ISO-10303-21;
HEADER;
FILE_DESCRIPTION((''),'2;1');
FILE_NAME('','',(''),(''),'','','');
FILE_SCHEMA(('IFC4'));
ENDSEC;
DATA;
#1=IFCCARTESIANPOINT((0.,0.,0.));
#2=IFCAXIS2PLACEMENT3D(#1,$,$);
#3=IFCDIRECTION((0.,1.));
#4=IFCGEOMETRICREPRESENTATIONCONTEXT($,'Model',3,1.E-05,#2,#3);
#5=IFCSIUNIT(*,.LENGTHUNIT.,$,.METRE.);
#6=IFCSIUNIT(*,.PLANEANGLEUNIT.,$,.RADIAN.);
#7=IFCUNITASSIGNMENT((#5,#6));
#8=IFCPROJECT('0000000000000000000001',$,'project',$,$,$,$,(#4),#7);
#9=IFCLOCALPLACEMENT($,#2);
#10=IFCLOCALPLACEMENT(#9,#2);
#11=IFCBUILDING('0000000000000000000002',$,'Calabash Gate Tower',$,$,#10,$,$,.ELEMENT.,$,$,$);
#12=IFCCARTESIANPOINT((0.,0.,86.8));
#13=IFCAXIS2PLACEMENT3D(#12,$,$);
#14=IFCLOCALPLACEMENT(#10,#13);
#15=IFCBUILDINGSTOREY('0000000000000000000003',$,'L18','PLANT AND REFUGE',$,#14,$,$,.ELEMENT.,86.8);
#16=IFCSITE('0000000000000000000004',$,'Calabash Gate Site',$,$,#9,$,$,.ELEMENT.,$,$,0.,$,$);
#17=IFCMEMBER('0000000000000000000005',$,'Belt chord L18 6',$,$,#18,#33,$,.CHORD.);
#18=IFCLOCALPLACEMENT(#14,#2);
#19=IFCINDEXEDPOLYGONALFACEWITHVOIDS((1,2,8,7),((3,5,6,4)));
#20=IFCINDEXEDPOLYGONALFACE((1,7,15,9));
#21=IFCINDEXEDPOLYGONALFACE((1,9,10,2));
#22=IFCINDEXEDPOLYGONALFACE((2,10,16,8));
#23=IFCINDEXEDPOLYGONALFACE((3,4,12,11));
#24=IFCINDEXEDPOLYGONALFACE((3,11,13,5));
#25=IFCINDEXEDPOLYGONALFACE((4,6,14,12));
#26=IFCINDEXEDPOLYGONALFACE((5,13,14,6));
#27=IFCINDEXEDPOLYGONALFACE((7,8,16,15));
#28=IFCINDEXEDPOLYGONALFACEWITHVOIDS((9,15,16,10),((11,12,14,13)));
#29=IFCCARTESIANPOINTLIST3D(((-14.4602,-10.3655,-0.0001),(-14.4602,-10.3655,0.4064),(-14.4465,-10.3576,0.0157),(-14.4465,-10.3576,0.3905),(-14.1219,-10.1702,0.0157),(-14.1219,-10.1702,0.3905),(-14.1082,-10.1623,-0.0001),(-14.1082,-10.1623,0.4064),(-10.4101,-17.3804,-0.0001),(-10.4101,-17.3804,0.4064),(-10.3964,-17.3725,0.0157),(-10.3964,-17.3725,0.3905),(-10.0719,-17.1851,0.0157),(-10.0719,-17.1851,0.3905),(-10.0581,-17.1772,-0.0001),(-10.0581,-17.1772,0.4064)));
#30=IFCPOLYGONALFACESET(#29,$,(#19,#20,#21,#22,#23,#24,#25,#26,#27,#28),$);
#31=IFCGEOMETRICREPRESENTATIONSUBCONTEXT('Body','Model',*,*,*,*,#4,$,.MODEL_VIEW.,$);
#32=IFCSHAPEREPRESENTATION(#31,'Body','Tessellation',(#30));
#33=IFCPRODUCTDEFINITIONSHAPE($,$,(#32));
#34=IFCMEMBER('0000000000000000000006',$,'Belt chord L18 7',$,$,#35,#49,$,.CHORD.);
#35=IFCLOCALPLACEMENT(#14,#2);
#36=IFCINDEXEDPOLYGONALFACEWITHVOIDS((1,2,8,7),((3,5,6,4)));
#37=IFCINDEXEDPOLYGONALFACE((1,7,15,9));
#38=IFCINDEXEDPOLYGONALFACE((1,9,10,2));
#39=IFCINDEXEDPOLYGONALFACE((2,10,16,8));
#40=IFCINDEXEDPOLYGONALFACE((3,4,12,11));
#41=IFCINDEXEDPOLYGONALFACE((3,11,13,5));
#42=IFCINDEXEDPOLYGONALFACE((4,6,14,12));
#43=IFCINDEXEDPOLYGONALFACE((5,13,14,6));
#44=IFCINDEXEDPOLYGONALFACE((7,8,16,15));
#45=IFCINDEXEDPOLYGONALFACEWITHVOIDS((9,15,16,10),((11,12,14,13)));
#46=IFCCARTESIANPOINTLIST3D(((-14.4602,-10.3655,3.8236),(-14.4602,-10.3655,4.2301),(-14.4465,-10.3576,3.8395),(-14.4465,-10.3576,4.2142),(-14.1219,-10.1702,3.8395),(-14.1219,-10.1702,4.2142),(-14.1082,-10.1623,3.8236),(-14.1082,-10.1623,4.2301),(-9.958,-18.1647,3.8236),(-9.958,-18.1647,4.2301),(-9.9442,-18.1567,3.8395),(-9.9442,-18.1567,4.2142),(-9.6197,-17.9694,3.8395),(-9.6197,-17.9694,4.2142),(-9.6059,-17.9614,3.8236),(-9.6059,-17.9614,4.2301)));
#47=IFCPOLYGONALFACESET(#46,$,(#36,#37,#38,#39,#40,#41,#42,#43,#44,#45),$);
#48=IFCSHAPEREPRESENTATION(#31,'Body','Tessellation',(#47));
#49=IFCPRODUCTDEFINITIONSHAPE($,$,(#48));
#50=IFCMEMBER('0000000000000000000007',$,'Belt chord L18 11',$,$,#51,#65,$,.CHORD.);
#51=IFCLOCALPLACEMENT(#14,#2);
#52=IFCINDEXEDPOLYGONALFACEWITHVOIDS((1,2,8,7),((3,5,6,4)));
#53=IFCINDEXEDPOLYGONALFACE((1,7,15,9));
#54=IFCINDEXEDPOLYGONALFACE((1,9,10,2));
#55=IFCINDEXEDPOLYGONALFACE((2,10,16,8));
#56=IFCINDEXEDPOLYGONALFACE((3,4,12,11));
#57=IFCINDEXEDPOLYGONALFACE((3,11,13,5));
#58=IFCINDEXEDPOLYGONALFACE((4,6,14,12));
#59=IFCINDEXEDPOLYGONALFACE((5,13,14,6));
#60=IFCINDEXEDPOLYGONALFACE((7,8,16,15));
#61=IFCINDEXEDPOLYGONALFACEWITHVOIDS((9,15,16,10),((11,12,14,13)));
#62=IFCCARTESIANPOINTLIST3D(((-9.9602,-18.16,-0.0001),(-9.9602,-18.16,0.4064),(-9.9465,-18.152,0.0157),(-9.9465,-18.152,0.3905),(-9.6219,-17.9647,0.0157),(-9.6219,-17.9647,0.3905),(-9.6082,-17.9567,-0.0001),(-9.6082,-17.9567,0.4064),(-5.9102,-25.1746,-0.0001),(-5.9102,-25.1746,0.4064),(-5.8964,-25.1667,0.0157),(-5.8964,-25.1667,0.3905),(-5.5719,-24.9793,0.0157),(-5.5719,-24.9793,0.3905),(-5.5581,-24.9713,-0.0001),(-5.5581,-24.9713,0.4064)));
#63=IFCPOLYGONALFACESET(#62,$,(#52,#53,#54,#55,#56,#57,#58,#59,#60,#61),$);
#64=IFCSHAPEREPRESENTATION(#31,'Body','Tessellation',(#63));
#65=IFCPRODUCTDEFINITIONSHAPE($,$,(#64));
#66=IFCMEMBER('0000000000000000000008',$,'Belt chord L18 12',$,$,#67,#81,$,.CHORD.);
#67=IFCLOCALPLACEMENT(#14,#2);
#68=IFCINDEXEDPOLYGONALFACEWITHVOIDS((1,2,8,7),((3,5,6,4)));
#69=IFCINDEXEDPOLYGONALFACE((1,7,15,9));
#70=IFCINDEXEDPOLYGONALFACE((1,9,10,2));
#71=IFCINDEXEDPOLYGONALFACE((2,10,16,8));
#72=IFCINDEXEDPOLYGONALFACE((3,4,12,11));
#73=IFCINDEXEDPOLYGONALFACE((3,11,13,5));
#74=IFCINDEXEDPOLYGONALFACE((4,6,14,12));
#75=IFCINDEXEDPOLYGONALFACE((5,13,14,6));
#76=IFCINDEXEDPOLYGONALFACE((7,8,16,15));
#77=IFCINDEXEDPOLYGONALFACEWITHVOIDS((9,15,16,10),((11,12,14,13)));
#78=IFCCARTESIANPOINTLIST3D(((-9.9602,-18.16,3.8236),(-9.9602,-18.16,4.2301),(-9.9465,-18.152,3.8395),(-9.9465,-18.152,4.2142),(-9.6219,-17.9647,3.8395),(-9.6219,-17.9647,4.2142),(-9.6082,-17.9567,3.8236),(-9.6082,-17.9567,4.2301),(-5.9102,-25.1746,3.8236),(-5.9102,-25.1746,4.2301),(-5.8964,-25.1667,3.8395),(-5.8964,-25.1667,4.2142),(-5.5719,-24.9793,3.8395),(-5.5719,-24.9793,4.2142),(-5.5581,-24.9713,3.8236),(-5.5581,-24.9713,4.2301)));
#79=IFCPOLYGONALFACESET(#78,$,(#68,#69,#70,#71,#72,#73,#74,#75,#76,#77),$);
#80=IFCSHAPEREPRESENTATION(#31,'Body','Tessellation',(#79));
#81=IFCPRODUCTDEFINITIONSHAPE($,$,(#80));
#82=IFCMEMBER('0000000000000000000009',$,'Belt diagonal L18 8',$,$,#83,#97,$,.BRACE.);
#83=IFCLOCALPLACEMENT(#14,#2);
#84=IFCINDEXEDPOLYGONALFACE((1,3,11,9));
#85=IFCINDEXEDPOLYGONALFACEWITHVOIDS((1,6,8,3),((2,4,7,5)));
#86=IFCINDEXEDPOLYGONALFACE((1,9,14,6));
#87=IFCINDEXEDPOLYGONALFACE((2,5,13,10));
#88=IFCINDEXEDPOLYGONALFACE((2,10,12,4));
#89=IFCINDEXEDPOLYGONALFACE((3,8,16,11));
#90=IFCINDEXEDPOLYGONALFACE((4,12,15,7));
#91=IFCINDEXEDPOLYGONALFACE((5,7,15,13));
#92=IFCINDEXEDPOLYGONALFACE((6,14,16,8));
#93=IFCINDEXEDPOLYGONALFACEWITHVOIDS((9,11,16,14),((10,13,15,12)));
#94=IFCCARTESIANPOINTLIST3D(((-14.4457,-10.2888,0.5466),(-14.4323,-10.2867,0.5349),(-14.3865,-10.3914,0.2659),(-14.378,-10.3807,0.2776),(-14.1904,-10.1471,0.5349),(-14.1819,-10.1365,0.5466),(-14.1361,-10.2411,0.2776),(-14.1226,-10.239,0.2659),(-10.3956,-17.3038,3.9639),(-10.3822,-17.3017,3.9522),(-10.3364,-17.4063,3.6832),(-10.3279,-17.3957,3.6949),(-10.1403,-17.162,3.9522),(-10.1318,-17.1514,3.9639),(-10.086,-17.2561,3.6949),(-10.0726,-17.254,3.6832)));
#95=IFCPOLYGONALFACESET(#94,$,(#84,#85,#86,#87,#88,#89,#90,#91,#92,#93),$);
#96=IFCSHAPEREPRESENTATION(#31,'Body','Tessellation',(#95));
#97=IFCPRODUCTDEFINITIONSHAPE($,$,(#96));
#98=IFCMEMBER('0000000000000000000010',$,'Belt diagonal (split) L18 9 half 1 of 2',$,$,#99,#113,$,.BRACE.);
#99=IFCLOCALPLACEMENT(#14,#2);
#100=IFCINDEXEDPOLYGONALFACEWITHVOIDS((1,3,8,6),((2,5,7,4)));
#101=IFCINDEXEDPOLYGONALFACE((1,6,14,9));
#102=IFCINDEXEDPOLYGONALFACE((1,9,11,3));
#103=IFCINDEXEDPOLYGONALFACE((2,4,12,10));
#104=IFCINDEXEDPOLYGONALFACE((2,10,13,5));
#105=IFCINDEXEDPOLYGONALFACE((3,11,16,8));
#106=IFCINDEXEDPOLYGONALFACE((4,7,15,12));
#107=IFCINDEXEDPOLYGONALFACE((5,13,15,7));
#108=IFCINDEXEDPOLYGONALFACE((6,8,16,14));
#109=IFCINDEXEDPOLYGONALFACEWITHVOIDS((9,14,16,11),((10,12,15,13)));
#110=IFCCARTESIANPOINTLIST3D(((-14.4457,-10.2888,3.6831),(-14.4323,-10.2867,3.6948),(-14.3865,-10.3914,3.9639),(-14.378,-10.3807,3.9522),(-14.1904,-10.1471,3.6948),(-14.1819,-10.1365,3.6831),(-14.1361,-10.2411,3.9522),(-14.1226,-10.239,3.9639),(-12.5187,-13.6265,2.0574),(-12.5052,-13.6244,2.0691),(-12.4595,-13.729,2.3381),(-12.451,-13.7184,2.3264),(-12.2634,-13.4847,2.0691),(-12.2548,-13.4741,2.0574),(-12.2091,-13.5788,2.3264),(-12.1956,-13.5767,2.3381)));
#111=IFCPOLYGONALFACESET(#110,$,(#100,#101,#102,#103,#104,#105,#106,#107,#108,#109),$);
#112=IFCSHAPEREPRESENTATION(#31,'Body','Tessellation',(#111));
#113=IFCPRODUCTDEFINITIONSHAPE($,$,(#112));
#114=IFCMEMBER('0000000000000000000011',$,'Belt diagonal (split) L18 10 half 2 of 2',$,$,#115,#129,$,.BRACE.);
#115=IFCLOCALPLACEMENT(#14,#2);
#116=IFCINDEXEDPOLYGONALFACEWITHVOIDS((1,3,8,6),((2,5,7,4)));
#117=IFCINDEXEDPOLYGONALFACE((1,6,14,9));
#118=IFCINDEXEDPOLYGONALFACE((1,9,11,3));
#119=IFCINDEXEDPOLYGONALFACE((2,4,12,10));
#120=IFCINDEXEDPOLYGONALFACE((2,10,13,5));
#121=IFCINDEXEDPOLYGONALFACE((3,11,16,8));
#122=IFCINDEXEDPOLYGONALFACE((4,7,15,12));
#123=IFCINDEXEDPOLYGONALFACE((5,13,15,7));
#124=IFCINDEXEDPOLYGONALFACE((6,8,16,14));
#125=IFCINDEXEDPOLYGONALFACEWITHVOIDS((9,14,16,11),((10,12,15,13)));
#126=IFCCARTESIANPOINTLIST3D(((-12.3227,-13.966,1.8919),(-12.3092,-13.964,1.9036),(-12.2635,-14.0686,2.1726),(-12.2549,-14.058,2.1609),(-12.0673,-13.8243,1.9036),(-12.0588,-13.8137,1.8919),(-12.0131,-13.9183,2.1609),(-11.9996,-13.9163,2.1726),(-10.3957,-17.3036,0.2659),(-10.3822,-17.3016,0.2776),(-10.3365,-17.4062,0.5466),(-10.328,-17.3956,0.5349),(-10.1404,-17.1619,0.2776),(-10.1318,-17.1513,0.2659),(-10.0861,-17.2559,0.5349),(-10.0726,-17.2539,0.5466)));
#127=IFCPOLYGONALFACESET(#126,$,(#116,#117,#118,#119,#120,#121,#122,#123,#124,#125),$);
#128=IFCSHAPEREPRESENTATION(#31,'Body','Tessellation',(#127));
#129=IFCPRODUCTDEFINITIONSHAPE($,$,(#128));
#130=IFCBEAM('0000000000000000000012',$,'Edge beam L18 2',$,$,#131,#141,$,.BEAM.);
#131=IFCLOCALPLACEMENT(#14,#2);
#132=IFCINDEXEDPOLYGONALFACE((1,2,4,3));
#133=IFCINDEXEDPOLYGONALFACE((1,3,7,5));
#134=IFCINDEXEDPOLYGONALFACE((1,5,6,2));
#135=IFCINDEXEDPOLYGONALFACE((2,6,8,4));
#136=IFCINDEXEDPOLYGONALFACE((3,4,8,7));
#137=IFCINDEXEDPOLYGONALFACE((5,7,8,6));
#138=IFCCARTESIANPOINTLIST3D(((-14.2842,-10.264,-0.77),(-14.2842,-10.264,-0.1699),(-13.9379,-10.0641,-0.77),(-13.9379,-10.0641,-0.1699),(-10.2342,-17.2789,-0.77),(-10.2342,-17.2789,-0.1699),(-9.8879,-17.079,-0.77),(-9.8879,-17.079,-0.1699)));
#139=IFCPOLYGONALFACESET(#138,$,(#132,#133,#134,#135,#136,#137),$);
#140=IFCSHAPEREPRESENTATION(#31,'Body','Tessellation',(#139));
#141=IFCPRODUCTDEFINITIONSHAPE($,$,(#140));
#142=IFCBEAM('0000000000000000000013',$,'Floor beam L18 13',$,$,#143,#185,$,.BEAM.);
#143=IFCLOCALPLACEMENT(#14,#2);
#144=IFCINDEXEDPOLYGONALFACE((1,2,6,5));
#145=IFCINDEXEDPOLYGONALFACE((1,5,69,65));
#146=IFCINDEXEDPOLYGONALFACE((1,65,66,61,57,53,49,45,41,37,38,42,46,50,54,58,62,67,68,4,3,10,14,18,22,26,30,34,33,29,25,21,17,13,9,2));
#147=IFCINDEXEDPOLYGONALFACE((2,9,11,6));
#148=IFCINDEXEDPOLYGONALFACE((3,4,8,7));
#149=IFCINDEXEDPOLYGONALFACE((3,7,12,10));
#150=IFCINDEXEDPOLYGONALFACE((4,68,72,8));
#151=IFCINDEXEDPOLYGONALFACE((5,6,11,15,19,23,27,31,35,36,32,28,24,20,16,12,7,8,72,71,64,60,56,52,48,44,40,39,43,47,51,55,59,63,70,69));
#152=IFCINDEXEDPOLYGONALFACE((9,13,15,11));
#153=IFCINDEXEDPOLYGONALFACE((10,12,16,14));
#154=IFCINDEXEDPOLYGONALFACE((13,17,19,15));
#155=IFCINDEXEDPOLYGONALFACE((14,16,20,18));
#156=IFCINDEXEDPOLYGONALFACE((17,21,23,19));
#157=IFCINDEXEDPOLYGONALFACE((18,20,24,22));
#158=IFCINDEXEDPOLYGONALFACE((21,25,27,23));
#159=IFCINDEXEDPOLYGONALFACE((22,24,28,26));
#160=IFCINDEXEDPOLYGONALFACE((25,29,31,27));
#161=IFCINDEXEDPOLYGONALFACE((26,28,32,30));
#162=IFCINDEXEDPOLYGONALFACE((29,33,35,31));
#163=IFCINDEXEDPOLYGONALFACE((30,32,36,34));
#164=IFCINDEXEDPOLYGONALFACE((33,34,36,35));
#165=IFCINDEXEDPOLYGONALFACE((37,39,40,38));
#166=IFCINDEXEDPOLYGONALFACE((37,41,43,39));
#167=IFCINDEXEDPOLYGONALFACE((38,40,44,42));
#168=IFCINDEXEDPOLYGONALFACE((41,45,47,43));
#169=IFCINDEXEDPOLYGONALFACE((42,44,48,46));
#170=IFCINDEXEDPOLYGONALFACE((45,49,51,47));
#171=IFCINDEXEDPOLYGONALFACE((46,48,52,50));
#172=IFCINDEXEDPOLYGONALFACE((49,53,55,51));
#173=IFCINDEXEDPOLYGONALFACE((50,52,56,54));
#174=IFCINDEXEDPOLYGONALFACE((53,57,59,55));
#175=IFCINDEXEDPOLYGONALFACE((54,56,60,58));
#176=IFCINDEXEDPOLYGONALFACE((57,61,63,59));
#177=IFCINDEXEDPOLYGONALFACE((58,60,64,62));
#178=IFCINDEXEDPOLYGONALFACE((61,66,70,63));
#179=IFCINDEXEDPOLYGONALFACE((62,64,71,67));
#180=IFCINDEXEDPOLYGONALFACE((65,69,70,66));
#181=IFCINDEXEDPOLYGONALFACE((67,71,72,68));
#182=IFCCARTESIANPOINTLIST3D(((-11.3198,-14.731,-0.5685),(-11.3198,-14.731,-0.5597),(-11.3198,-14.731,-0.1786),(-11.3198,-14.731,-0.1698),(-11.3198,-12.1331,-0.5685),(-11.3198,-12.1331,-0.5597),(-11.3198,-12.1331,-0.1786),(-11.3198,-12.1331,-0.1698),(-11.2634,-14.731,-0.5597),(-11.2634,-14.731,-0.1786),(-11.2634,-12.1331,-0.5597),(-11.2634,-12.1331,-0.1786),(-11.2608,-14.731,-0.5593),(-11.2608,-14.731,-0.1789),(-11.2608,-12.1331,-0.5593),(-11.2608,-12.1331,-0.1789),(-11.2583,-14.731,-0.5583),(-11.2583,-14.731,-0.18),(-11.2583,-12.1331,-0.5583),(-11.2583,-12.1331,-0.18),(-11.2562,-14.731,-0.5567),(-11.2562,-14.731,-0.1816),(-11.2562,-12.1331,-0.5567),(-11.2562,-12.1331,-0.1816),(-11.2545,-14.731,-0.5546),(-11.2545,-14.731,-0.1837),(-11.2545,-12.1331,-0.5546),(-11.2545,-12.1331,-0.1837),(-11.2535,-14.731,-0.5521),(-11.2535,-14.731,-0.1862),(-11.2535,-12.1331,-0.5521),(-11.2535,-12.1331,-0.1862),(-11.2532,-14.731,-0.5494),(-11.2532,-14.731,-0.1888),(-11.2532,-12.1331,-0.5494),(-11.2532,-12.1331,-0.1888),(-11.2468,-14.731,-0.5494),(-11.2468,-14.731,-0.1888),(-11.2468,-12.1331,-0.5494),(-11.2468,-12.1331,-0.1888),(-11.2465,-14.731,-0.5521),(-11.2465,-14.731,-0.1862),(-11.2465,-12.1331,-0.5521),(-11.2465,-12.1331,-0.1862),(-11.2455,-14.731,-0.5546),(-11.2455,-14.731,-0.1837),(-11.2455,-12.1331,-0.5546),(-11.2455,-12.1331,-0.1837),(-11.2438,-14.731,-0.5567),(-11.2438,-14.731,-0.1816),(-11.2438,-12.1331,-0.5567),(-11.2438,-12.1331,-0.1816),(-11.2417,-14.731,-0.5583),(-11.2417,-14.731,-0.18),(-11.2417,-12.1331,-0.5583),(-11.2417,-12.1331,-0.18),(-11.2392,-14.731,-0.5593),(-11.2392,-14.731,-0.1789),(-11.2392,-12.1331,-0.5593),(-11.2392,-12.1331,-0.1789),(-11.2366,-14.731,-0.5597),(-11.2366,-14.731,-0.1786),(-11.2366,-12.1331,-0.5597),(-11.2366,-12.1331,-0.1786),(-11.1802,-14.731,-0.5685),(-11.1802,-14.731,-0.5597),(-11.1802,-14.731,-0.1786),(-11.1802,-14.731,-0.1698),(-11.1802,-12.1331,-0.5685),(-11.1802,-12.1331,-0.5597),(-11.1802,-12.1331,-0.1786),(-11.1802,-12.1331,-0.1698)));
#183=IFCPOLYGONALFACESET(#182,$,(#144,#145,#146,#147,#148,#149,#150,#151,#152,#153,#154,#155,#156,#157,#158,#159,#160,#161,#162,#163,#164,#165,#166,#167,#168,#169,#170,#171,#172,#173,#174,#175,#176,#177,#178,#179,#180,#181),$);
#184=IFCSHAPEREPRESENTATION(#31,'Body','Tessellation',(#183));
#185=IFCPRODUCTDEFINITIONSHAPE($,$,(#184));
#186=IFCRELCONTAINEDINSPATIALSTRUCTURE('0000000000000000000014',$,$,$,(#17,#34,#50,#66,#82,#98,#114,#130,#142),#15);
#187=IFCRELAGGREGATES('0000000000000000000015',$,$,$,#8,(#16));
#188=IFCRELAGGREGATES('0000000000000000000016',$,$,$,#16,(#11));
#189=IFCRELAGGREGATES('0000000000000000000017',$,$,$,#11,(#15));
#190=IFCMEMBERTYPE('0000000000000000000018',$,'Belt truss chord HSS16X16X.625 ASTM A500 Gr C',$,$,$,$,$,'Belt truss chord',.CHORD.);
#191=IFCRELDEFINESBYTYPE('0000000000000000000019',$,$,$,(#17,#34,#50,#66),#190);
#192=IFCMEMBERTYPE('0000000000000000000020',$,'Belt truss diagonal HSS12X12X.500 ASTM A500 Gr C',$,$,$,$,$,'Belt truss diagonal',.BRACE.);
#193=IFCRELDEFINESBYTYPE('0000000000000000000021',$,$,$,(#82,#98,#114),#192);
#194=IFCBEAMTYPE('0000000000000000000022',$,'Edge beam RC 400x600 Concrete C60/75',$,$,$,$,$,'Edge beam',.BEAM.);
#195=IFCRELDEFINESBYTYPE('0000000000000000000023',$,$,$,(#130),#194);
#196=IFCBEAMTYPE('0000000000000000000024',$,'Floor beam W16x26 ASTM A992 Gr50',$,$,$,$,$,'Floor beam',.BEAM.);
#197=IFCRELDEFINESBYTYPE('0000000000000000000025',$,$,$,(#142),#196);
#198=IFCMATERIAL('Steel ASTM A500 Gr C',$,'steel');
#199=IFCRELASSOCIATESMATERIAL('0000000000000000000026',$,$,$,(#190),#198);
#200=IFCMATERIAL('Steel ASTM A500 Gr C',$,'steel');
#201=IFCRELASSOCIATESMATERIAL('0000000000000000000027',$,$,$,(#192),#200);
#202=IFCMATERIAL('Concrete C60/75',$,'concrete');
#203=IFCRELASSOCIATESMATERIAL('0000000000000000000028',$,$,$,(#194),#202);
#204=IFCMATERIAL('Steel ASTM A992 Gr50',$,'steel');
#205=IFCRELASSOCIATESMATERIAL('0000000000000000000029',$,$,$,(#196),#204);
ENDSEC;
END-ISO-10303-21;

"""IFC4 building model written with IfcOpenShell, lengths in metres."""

from ifc_helpers import new_model, si_unit, direction, frame, origin, origin_2d, place, context, subcontext, project, spatial, rectangle, hollow_rectangle, i_section, extrude, material, material_profile, profile_set, type_object, element, save


model = new_model("IFC4")

# Units and contexts
model_context = context("Model", 3, precision=1e-05, world=origin(), true_north=direction((0.0, 1.0)))
body_context = subcontext(model_context, "Body", "Model", "MODEL_VIEW")
ifc_project = project(units=[si_unit("LENGTHUNIT", "METRE"), si_unit("PLANEANGLEUNIT", "RADIAN")], contexts=[model_context])

# Site, building, storey
site_placement = place(None, origin())
site = spatial("IfcSite", under=ifc_project, at=site_placement, Name="Calabash Gate Site", CompositionType="ELEMENT", RefElevation=0.0)
building_placement = place(site_placement, origin())
building = spatial("IfcBuilding", under=site, at=building_placement, Name="Calabash Gate Tower", CompositionType="ELEMENT")
storey_placement = place(building_placement, frame((0.0, 0.0, 86.8)))
storey = spatial("IfcBuildingStorey", under=building, at=storey_placement, Name="L18", Description="PLANT AND REFUGE", CompositionType="ELEMENT", Elevation=86.8)

# Members
ifc_material_1 = material(Name="Steel ASTM A500 Gr C", Category="steel")
ifc_material_profile_1 = material_profile(ifc_material_1, hollow_rectangle(XDim=0.4065, YDim=0.4065, WallThickness=0.0159, at=origin_2d()))
ifc_profile_set_1 = profile_set([ifc_material_profile_1], Name="Steel ASTM A500 Gr C")
member_type_1 = type_object("IfcMemberType", Name="Belt truss chord HSS16X16X.625 ASTM A500 Gr C", ElementType="Belt truss chord", PredefinedType="CHORD", material=ifc_profile_set_1)
member_1_placement = place(storey_placement, frame((-14.2842, -10.2639, 0.2031), z_axis=(0.5, -0.866025, 0.0), x_axis=(0.866025, 0.5, 0.0)))
element("IfcMember", 1, at=member_1_placement, inside=storey, type_object=member_type_1, Name="Belt chord L18 6", PredefinedType="CHORD", context=body_context, shape_type="SweptSolid", body=[
    extrude(hollow_rectangle(XDim=0.4065, YDim=0.4065, WallThickness=0.0159, at=origin_2d()), origin(), (0.0, 0.0, 1.0), 8.1001),
])
member_2_placement = place(storey_placement, frame((-14.2842, -10.2639, 4.0269), z_axis=(0.49995, -0.866054, 0.0), x_axis=(0.866054, 0.49995, 0.0)))
element("IfcMember", 2, at=member_2_placement, inside=storey, type_object=member_type_1, Name="Belt chord L18 7", PredefinedType="CHORD", context=body_context, shape_type="SweptSolid", body=[
    extrude(hollow_rectangle(XDim=0.4065, YDim=0.4065, WallThickness=0.0159, at=origin_2d()), origin(), (0.0, 0.0, 1.0), 9.0054),
])
for number, where, z_axis, x_axis, name in (
    (3, (-9.7842, -18.0583, 0.2031), (0.500013, -0.866018, 0.0), (0.866018, 0.500013, 0.0), "Belt chord L18 11"),
    (4, (-9.7842, -18.0583, 4.0269), (0.500013, -0.866018, 0.0), (0.866018, 0.500013, 0.0), "Belt chord L18 12"),
):
    element("IfcMember", number, at=place(storey_placement, frame(where, z_axis=z_axis, x_axis=x_axis)), inside=storey, type_object=member_type_1, Name=name, PredefinedType="CHORD", context=body_context, shape_type="SweptSolid", body=[
        extrude(hollow_rectangle(XDim=0.4065, YDim=0.4065, WallThickness=0.0159, at=origin_2d()), origin(), (0.0, 0.0, 1.0), 8.0999),
    ])
ifc_material_2 = material(Name="Steel ASTM A500 Gr C", Category="steel")
ifc_material_profile_2 = material_profile(ifc_material_2, hollow_rectangle(XDim=0.3047, YDim=0.3047, WallThickness=0.0127, at=origin_2d()))
ifc_profile_set_2 = profile_set([ifc_material_profile_2], Name="Steel ASTM A500 Gr C")
member_type_2 = type_object("IfcMemberType", Name="Belt truss diagonal HSS12X12X.500 ASTM A500 Gr C", ElementType="Belt truss diagonal", PredefinedType="BRACE", material=ifc_profile_set_2)
member_3_placement = place(storey_placement, frame((-14.2842, -10.2639, 0.4062), z_axis=(0.460682, -0.797925, 0.388701), x_axis=(0.866025, 0.5, 0.0)))
element("IfcMember", 5, at=member_3_placement, inside=storey, type_object=member_type_2, Name="Belt diagonal L18 8", PredefinedType="BRACE", context=body_context, shape_type="SweptSolid", body=[
    extrude(hollow_rectangle(XDim=0.3047, YDim=0.3047, WallThickness=0.0127, at=origin_2d()), origin(), (0.0, 0.0, 1.0), 8.7915),
])
for number, where, z_axis, x_axis, name in (
    (6, (-14.2842, -10.2639, 3.8235), (0.460691, -0.797936, -0.388666), (0.866024, 0.500002, 0.0), "Belt diagonal (split) L18 9 half 1 of 2"),
    (7, (-12.1611, -13.9412, 2.0322), (0.460681, -0.797918, -0.388716), (0.866024, 0.500002, 0.0), "Belt diagonal (split) L18 10 half 2 of 2"),
):
    element("IfcMember", number, at=place(storey_placement, frame(where, z_axis=z_axis, x_axis=x_axis)), inside=storey, type_object=member_type_2, Name=name, PredefinedType="BRACE", context=body_context, shape_type="SweptSolid", body=[
        extrude(hollow_rectangle(XDim=0.3047, YDim=0.3047, WallThickness=0.0127, at=origin_2d()), origin(), (0.0, 0.0, 1.0), 4.1829),
    ])

# Beams
ifc_material_3 = material(Name="Concrete C60/75", Category="concrete")
ifc_material_profile_3 = material_profile(ifc_material_3, rectangle(XDim=0.3999, YDim=0.6001, at=origin_2d()))
ifc_profile_set_3 = profile_set([ifc_material_profile_3], Name="Concrete C60/75")
beam_type_1 = type_object("IfcBeamType", Name="Edge beam RC 400x600 Concrete C60/75", ElementType="Edge beam", PredefinedType="BEAM", material=ifc_profile_set_3)
beam_1_placement = place(storey_placement, frame((-14.1111, -10.1641, -0.47), z_axis=(0.5, -0.866025, 0.0), x_axis=(0.866025, 0.5, 0.0)))
element("IfcBeam", 8, at=beam_1_placement, inside=storey, type_object=beam_type_1, Name="Edge beam L18 2", PredefinedType="BEAM", context=body_context, shape_type="SweptSolid", body=[
    extrude(rectangle(XDim=0.3999, YDim=0.6001, at=origin_2d()), origin(), (0.0, 0.0, 1.0), 8.1001),
])
ifc_material_4 = material(Name="Steel ASTM A992 Gr50", Category="steel")
ifc_material_profile_4 = material_profile(ifc_material_4, i_section(OverallWidth=0.1396, OverallDepth=0.3987, WebThickness=0.0063, FlangeThickness=0.0088, FilletRadius=0.0103, at=origin_2d()))
ifc_profile_set_4 = profile_set([ifc_material_profile_4], Name="Steel ASTM A992 Gr50")
beam_type_2 = type_object("IfcBeamType", Name="Floor beam W16x26 ASTM A992 Gr50", ElementType="Floor beam", PredefinedType="BEAM", material=ifc_profile_set_4)
beam_2_placement = place(storey_placement, frame((-11.25, -14.731, -0.3691), z_axis=(0.0, 1.0, 0.0), x_axis=(-1.0, 0.0, 0.0)))
element("IfcBeam", 9, at=beam_2_placement, inside=storey, type_object=beam_type_2, Name="Floor beam L18 13", PredefinedType="BEAM", context=body_context, shape_type="SweptSolid", body=[
    extrude(i_section(OverallWidth=0.1396, OverallDepth=0.3987, WebThickness=0.0063, FlangeThickness=0.0088, FilletRadius=0.0103, at=origin_2d()), origin(), (0.0, 0.0, 1.0), 2.5979),
])

save(model, "model.ifc")
